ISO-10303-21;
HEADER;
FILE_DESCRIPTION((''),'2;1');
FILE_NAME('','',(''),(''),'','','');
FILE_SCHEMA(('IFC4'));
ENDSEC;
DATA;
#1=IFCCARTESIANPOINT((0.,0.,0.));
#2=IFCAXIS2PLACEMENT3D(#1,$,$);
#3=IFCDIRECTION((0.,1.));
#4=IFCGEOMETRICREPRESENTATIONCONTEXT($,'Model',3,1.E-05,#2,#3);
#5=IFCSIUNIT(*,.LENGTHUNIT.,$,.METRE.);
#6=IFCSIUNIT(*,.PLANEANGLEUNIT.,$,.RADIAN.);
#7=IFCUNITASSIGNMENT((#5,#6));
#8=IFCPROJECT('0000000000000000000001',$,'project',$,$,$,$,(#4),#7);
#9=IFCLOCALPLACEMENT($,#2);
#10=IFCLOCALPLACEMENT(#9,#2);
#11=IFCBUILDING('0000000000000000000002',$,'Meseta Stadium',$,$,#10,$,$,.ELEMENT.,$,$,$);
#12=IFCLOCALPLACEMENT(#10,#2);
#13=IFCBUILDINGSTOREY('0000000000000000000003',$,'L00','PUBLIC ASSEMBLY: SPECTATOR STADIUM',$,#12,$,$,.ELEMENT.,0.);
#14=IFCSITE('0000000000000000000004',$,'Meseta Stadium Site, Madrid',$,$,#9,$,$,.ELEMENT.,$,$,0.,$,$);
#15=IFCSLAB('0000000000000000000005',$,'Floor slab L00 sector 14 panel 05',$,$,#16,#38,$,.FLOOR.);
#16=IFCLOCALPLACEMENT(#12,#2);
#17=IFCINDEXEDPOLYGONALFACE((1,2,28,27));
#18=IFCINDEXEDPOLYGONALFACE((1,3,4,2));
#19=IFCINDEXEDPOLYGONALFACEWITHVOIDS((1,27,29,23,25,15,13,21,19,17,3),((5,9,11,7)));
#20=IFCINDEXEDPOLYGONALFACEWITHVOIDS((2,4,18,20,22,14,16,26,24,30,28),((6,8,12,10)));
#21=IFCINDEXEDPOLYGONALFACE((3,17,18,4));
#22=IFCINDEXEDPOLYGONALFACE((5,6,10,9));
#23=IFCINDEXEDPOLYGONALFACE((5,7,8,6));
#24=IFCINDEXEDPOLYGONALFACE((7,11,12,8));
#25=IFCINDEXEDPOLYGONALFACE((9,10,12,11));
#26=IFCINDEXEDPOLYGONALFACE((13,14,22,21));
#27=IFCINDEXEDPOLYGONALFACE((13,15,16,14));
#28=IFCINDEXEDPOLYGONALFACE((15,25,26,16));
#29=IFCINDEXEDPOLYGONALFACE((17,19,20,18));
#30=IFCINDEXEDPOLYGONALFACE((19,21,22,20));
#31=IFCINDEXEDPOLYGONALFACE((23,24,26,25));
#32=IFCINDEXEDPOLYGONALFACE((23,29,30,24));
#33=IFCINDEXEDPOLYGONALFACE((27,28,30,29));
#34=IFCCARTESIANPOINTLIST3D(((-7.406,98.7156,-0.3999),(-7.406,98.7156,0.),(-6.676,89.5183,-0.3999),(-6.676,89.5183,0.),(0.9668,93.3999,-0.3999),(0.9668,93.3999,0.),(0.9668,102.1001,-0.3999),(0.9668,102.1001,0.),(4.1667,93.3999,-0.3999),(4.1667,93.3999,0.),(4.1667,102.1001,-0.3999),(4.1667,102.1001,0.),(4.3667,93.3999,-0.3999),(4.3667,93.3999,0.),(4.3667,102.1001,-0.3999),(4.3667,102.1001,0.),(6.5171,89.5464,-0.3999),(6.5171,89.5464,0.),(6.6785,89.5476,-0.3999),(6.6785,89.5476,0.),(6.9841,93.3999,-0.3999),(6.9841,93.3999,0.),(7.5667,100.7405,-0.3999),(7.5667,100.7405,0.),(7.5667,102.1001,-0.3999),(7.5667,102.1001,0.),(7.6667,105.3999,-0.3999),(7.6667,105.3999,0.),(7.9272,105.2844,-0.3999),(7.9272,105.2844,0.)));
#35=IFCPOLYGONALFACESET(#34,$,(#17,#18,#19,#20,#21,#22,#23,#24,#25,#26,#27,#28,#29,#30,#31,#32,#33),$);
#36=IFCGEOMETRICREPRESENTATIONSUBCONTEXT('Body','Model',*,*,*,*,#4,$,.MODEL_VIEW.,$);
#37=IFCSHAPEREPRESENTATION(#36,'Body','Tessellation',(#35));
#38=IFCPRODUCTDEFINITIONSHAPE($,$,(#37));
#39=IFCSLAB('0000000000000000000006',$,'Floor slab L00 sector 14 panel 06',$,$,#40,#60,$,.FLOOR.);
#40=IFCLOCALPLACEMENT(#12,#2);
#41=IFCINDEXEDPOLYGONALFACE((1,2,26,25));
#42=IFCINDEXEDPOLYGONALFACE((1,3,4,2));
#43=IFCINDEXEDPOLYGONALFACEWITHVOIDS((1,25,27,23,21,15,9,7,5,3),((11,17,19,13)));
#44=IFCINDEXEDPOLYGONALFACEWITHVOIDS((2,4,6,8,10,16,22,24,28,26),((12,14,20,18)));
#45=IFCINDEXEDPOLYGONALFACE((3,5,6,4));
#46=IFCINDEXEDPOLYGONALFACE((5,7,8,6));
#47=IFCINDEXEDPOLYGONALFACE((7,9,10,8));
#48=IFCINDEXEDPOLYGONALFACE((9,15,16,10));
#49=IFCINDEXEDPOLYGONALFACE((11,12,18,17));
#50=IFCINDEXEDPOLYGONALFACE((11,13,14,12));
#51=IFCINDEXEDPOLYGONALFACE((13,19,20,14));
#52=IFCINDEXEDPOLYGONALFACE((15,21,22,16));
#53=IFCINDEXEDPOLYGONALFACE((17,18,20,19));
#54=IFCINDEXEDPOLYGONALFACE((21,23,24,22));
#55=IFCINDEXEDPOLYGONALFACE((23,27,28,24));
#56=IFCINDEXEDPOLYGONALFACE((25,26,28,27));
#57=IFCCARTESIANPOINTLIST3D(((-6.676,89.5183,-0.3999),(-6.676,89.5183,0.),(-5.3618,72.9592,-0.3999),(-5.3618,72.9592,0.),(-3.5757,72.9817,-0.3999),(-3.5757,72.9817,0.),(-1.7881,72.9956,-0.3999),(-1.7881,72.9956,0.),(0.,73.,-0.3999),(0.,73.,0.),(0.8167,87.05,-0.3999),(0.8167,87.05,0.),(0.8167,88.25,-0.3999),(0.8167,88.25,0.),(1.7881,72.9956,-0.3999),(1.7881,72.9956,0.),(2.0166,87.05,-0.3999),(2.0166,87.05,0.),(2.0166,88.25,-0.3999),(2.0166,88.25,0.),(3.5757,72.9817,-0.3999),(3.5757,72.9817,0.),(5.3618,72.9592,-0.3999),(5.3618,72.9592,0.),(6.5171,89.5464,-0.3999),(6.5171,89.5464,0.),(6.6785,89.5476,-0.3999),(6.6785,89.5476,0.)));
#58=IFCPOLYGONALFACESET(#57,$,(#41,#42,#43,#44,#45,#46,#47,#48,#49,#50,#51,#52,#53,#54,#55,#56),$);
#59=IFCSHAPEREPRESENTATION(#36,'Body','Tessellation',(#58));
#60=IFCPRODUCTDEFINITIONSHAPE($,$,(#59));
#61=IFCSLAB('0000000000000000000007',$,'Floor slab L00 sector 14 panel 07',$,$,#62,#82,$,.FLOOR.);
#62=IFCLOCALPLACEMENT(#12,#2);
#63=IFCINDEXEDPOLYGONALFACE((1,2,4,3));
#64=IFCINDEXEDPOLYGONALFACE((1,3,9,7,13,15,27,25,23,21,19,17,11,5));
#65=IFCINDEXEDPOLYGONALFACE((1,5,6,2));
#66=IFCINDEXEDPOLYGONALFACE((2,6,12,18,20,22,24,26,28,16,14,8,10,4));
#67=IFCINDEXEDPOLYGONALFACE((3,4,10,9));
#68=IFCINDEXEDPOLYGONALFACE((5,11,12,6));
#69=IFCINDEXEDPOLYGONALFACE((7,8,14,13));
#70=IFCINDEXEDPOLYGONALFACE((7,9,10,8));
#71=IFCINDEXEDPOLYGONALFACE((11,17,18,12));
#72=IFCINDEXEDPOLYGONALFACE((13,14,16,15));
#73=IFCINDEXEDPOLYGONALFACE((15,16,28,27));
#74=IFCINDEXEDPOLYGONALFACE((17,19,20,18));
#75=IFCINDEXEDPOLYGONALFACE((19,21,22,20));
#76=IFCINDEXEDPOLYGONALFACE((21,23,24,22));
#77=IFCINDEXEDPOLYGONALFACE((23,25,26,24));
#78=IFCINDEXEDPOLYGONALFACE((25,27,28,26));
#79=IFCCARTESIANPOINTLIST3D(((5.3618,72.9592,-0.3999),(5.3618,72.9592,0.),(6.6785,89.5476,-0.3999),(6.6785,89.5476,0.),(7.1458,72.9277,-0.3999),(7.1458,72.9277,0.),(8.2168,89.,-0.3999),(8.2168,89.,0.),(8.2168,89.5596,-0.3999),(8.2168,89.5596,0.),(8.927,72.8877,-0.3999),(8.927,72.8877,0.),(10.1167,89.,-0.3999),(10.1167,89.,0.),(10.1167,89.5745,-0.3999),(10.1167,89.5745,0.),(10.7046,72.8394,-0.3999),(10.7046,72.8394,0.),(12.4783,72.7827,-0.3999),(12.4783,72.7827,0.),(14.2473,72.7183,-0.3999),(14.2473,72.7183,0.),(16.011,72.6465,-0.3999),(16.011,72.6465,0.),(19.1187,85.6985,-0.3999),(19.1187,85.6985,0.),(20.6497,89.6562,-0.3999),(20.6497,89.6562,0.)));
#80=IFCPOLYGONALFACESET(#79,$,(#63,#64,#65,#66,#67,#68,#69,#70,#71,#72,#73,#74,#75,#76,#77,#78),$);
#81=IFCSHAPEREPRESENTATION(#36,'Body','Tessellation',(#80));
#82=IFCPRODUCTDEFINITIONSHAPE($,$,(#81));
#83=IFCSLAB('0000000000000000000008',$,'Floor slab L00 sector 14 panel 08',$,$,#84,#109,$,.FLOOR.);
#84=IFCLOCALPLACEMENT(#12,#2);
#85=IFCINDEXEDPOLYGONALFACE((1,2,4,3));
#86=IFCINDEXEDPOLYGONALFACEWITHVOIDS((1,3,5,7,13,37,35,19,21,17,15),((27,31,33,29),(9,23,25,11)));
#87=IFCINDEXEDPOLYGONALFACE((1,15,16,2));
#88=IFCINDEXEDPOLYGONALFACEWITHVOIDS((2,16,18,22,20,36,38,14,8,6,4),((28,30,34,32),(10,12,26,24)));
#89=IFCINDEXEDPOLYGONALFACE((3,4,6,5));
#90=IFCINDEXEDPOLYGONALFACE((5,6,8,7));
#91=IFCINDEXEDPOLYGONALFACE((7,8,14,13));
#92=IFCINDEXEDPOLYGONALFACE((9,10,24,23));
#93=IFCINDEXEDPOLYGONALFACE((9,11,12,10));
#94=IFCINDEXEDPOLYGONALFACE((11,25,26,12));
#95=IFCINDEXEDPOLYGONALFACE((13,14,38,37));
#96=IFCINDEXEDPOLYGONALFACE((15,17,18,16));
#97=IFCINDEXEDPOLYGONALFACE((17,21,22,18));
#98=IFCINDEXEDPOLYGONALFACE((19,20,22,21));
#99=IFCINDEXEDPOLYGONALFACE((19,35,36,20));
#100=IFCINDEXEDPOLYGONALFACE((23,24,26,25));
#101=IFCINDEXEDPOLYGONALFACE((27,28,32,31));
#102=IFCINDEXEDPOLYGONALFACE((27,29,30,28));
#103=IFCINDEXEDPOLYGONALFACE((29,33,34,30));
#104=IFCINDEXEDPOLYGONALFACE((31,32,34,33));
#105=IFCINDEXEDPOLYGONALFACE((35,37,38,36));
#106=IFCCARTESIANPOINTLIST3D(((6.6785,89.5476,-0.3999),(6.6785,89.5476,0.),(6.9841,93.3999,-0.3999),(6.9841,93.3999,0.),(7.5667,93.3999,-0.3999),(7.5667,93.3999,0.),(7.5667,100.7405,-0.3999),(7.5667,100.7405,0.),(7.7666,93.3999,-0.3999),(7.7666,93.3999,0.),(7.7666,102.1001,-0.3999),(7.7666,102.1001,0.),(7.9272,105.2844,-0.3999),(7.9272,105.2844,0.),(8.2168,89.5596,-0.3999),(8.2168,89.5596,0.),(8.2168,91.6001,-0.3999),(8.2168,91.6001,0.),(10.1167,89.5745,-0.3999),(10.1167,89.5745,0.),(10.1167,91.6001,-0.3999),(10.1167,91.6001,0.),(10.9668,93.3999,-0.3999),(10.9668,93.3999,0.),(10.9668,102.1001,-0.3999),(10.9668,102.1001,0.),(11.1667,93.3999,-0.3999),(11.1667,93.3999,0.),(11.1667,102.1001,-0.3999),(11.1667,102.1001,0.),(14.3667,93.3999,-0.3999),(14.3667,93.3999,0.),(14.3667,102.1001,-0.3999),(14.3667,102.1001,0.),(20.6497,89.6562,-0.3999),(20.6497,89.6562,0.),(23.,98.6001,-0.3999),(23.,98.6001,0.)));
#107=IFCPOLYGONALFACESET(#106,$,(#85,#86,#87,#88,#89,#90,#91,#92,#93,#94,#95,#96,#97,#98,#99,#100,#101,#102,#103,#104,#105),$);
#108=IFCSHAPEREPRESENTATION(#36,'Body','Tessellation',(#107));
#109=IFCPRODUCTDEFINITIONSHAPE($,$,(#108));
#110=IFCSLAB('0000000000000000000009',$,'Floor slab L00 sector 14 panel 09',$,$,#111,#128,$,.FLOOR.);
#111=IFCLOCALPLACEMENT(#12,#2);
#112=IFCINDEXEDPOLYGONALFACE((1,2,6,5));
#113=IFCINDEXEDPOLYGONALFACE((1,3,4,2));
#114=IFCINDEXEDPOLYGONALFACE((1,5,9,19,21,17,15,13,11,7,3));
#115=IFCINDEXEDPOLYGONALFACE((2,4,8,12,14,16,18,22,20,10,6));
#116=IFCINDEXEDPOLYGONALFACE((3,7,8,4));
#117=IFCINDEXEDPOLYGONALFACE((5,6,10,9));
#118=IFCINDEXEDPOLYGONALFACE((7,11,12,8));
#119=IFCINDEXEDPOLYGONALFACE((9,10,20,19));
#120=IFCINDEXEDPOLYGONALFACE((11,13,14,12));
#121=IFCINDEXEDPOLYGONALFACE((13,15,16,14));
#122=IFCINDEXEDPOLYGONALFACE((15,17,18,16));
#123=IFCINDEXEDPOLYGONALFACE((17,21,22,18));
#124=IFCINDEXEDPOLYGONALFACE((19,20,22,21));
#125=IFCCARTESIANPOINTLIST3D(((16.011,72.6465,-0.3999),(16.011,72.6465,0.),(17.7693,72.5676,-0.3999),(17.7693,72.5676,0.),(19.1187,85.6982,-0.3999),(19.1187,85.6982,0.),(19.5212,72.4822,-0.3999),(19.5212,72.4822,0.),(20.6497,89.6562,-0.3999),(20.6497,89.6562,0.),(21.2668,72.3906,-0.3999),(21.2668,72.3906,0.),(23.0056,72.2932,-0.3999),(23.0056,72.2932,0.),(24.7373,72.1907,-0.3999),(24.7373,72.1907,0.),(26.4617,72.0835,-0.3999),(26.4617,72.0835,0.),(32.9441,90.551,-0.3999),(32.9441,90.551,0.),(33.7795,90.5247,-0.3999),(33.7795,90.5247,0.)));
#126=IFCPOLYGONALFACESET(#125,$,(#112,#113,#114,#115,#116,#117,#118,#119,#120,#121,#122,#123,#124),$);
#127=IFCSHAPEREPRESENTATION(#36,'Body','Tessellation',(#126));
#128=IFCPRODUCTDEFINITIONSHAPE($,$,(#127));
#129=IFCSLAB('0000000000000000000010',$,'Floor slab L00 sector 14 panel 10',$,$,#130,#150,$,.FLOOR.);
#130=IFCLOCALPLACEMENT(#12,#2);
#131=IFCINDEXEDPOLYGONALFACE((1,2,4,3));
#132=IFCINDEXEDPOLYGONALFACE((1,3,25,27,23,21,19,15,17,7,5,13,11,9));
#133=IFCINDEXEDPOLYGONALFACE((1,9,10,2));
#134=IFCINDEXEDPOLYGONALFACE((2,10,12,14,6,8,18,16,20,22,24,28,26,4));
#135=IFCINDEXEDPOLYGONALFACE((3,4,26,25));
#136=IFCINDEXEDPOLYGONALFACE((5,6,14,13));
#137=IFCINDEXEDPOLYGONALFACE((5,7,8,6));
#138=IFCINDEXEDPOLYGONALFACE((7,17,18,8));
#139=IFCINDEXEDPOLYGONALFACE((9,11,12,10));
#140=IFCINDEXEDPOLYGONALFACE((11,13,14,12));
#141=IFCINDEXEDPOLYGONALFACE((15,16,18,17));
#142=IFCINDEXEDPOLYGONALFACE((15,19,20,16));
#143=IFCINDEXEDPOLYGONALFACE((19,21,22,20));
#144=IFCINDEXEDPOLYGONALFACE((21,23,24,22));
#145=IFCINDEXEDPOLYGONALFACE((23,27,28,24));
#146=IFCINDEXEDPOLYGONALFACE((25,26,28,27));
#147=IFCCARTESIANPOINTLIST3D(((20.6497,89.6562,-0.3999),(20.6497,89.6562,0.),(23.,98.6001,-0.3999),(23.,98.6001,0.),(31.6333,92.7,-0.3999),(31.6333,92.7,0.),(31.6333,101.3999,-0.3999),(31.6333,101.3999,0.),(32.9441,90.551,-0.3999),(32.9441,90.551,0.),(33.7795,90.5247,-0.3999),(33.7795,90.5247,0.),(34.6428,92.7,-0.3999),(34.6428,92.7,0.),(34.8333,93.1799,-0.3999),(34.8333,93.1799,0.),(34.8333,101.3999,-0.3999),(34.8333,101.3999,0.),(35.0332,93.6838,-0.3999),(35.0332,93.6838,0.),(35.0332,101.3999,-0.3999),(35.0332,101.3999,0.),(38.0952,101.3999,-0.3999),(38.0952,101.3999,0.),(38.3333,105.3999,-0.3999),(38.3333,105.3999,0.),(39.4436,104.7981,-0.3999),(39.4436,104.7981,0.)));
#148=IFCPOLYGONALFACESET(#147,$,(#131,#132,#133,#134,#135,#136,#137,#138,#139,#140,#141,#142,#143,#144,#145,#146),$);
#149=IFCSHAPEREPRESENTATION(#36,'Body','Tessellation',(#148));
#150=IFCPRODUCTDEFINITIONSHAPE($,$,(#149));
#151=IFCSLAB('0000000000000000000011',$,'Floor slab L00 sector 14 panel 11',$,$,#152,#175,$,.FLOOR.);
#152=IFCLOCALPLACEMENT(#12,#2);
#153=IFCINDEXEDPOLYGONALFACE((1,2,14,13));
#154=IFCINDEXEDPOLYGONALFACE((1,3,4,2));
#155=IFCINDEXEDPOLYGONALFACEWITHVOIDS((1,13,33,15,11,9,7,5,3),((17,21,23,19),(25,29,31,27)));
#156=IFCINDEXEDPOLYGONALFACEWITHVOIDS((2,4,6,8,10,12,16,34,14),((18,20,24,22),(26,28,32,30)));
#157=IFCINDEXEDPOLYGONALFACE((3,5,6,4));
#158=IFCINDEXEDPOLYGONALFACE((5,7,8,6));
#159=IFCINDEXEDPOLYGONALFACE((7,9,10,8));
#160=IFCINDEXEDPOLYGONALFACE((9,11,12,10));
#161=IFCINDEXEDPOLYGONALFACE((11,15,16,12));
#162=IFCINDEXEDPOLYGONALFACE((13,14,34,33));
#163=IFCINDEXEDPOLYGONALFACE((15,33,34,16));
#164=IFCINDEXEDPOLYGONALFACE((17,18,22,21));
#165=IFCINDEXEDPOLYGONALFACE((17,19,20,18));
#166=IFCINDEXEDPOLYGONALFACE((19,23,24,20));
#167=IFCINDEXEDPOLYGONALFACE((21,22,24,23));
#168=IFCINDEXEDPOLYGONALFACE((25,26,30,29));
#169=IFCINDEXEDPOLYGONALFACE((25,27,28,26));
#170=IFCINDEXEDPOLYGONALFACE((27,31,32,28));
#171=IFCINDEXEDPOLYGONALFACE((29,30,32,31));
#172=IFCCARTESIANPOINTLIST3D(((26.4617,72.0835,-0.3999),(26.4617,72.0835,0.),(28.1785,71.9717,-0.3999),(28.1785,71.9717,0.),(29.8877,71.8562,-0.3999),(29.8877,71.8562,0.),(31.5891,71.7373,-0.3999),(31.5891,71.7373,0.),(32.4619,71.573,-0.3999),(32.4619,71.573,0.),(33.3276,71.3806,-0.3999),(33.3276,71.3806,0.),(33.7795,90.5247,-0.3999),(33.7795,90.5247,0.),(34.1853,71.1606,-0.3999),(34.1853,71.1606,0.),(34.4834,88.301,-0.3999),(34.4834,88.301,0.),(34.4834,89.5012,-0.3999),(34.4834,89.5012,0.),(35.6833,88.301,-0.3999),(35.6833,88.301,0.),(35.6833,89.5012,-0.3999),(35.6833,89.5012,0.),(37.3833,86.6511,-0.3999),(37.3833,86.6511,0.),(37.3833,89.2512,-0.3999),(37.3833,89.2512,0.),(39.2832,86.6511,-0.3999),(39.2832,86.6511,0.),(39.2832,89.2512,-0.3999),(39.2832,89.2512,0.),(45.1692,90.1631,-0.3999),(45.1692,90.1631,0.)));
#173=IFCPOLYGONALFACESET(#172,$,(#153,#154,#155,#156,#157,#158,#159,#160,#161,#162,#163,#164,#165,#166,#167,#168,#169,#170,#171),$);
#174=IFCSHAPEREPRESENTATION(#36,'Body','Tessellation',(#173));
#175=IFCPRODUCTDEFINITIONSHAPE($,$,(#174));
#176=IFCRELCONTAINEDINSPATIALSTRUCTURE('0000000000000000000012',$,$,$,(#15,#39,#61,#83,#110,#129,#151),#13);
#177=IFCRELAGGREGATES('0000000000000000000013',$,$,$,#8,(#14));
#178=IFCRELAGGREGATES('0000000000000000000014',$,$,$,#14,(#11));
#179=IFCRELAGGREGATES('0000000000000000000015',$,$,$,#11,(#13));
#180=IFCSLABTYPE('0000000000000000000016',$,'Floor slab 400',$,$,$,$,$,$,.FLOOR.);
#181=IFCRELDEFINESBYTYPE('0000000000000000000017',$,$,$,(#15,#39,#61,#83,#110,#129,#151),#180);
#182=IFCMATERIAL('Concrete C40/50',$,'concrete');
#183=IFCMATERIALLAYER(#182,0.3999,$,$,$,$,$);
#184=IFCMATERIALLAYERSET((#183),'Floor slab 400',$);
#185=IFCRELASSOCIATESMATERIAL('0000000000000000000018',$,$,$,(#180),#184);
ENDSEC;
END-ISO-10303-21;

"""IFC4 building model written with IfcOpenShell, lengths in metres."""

from ifc_helpers import new_model, si_unit, direction, frame, origin, place, context, subcontext, project, spatial, polyline, outline, extrude, material, layer, layer_set, type_object, element, save


model = new_model("IFC4")

# Units and contexts
model_context = context("Model", 3, precision=1e-05, world=origin(), true_north=direction((0.0, 1.0)))
body_context = subcontext(model_context, "Body", "Model", "MODEL_VIEW")
ifc_project = project(units=[si_unit("LENGTHUNIT", "METRE"), si_unit("PLANEANGLEUNIT", "RADIAN")], contexts=[model_context])

# Site, building, storey
site_placement = place(None, origin())
site = spatial("IfcSite", under=ifc_project, at=site_placement, Name="Meseta Stadium Site, Madrid", CompositionType="ELEMENT", RefElevation=0.0)
building_placement = place(site_placement, origin())
building = spatial("IfcBuilding", under=site, at=building_placement, Name="Meseta Stadium", CompositionType="ELEMENT")
storey_placement = place(building_placement, origin())
storey = spatial("IfcBuildingStorey", under=building, at=storey_placement, Name="L00", Description="PUBLIC ASSEMBLY: SPECTATOR STADIUM", CompositionType="ELEMENT", Elevation=0.0)

# Slabs
ifc_material = material(Name="Concrete C40/50", Category="concrete")
ifc_layer = layer(ifc_material, 0.3999)
ifc_layer_set = layer_set([ifc_layer], Name="Floor slab 400")
slab_type = type_object("IfcSlabType", Name="Floor slab 400", PredefinedType="FLOOR", material=ifc_layer_set)
slab_1_placement = place(storey_placement, frame((0.0, 0.0, -0.3999)))
element("IfcSlab", 1, at=slab_1_placement, inside=storey, type_object=slab_type, Name="Floor slab L00 sector 14 panel 05", PredefinedType="FLOOR", context=body_context, shape_type="SweptSolid", body=[
    extrude(outline(polyline([(7.9272, 105.2844), (7.6667, 105.3999), (-7.406, 98.7156), (-6.676, 89.5183), (6.5171, 89.5464), (6.6785, 89.5476), (6.9841, 93.3999), (4.3667, 93.3999), (4.3667, 102.1001), (7.5667, 102.1001), (7.5667, 100.7405), (7.9272, 105.2844)]), holes=[polyline([(4.1667, 93.3999), (0.9668, 93.3999), (0.9668, 102.1001), (4.1667, 102.1001), (4.1667, 93.3999)])]), origin(), (0.0, 0.0, 1.0), 0.3999),
])
slab_2_placement = place(storey_placement, frame((0.0, 0.0, -0.3999)))
element("IfcSlab", 2, at=slab_2_placement, inside=storey, type_object=slab_type, Name="Floor slab L00 sector 14 panel 06", PredefinedType="FLOOR", context=body_context, shape_type="SweptSolid", body=[
    extrude(outline(polyline([(5.3618, 72.9592), (6.6785, 89.5476), (6.5171, 89.5464), (-6.676, 89.5183), (-5.3618, 72.9592), (-3.5757, 72.9817), (-1.7881, 72.9956), (0.0, 73.0), (1.7881, 72.9956), (3.5757, 72.9817), (5.3618, 72.9592)]), holes=[polyline([(2.0166, 88.25), (2.0166, 87.05), (0.8167, 87.05), (0.8167, 88.25), (2.0166, 88.25)])]), origin(), (0.0, 0.0, 1.0), 0.3999),
])
slab_3_placement = place(storey_placement, frame((0.0, 0.0, -0.3999)))
element("IfcSlab", 3, at=slab_3_placement, inside=storey, type_object=slab_type, Name="Floor slab L00 sector 14 panel 07", PredefinedType="FLOOR", context=body_context, shape_type="SweptSolid", body=[
    extrude(outline(polyline([(8.2168, 89.0), (8.2168, 89.5596), (6.6785, 89.5476), (5.3618, 72.9592), (7.1458, 72.9277), (8.927, 72.8877), (10.7046, 72.8394), (12.4783, 72.7827), (14.2473, 72.7183), (16.011, 72.6465), (19.1187, 85.6985), (20.6497, 89.6562), (10.1167, 89.5745), (10.1167, 89.0), (8.2168, 89.0)])), origin(), (0.0, 0.0, 1.0), 0.3999),
])
slab_4_placement = place(storey_placement, frame((0.0, 0.0, -0.3999)))
element("IfcSlab", 4, at=slab_4_placement, inside=storey, type_object=slab_type, Name="Floor slab L00 sector 14 panel 08", PredefinedType="FLOOR", context=body_context, shape_type="SweptSolid", body=[
    extrude(outline(polyline([(10.1167, 91.6001), (10.1167, 89.5745), (20.6497, 89.6562), (23.0, 98.6001), (7.9272, 105.2844), (7.5667, 100.7405), (7.5667, 93.3999), (6.9841, 93.3999), (6.6785, 89.5476), (8.2168, 89.5596), (8.2168, 91.6001), (10.1167, 91.6001)]), holes=[polyline([(10.9668, 102.1001), (10.9668, 93.3999), (7.7666, 93.3999), (7.7666, 102.1001), (10.9668, 102.1001)]), polyline([(14.3667, 102.1001), (14.3667, 93.3999), (11.1667, 93.3999), (11.1667, 102.1001), (14.3667, 102.1001)])]), origin(), (0.0, 0.0, 1.0), 0.3999),
])
slab_5_placement = place(storey_placement, frame((0.0, 0.0, -0.3999)))
element("IfcSlab", 5, at=slab_5_placement, inside=storey, type_object=slab_type, Name="Floor slab L00 sector 14 panel 09", PredefinedType="FLOOR", context=body_context, shape_type="SweptSolid", body=[
    extrude(outline(polyline([(33.7795, 90.5247), (32.9441, 90.551), (20.6497, 89.6562), (19.1187, 85.6982), (16.011, 72.6465), (17.7693, 72.5676), (19.5212, 72.4822), (21.2668, 72.3906), (23.0056, 72.2932), (24.7373, 72.1907), (26.4617, 72.0835), (33.7795, 90.5247)])), origin(), (0.0, 0.0, 1.0), 0.3999),
])
slab_6_placement = place(storey_placement, frame((0.0, 0.0, -0.3999)))
element("IfcSlab", 6, at=slab_6_placement, inside=storey, type_object=slab_type, Name="Floor slab L00 sector 14 panel 10", PredefinedType="FLOOR", context=body_context, shape_type="SweptSolid", body=[
    extrude(outline(polyline([(38.0952, 101.3999), (39.4436, 104.7981), (38.3333, 105.3999), (23.0, 98.6001), (20.6497, 89.6562), (32.9441, 90.551), (33.7795, 90.5247), (34.6428, 92.7), (31.6333, 92.7), (31.6333, 101.3999), (34.8333, 101.3999), (34.8333, 93.1799), (35.0332, 93.6838), (35.0332, 101.3999), (38.0952, 101.3999)])), origin(), (0.0, 0.0, 1.0), 0.3999),
])
slab_7_placement = place(storey_placement, frame((0.0, 0.0, -0.3999)))
element("IfcSlab", 7, at=slab_7_placement, inside=storey, type_object=slab_type, Name="Floor slab L00 sector 14 panel 11", PredefinedType="FLOOR", context=body_context, shape_type="SweptSolid", body=[
    extrude(outline(polyline([(33.3276, 71.3806), (34.1853, 71.1606), (45.1692, 90.1631), (33.7795, 90.5247), (26.4617, 72.0835), (28.1785, 71.9717), (29.8877, 71.8562), (31.5891, 71.7373), (32.4619, 71.573), (33.3276, 71.3806)]), holes=[polyline([(37.3833, 89.2512), (39.2832, 89.2512), (39.2832, 86.6511), (37.3833, 86.6511), (37.3833, 89.2512)]), polyline([(35.6833, 88.301), (34.4834, 88.301), (34.4834, 89.5012), (35.6833, 89.5012), (35.6833, 88.301)])]), origin(), (0.0, 0.0, 1.0), 0.3999),
])

save(model, "model.ifc")
